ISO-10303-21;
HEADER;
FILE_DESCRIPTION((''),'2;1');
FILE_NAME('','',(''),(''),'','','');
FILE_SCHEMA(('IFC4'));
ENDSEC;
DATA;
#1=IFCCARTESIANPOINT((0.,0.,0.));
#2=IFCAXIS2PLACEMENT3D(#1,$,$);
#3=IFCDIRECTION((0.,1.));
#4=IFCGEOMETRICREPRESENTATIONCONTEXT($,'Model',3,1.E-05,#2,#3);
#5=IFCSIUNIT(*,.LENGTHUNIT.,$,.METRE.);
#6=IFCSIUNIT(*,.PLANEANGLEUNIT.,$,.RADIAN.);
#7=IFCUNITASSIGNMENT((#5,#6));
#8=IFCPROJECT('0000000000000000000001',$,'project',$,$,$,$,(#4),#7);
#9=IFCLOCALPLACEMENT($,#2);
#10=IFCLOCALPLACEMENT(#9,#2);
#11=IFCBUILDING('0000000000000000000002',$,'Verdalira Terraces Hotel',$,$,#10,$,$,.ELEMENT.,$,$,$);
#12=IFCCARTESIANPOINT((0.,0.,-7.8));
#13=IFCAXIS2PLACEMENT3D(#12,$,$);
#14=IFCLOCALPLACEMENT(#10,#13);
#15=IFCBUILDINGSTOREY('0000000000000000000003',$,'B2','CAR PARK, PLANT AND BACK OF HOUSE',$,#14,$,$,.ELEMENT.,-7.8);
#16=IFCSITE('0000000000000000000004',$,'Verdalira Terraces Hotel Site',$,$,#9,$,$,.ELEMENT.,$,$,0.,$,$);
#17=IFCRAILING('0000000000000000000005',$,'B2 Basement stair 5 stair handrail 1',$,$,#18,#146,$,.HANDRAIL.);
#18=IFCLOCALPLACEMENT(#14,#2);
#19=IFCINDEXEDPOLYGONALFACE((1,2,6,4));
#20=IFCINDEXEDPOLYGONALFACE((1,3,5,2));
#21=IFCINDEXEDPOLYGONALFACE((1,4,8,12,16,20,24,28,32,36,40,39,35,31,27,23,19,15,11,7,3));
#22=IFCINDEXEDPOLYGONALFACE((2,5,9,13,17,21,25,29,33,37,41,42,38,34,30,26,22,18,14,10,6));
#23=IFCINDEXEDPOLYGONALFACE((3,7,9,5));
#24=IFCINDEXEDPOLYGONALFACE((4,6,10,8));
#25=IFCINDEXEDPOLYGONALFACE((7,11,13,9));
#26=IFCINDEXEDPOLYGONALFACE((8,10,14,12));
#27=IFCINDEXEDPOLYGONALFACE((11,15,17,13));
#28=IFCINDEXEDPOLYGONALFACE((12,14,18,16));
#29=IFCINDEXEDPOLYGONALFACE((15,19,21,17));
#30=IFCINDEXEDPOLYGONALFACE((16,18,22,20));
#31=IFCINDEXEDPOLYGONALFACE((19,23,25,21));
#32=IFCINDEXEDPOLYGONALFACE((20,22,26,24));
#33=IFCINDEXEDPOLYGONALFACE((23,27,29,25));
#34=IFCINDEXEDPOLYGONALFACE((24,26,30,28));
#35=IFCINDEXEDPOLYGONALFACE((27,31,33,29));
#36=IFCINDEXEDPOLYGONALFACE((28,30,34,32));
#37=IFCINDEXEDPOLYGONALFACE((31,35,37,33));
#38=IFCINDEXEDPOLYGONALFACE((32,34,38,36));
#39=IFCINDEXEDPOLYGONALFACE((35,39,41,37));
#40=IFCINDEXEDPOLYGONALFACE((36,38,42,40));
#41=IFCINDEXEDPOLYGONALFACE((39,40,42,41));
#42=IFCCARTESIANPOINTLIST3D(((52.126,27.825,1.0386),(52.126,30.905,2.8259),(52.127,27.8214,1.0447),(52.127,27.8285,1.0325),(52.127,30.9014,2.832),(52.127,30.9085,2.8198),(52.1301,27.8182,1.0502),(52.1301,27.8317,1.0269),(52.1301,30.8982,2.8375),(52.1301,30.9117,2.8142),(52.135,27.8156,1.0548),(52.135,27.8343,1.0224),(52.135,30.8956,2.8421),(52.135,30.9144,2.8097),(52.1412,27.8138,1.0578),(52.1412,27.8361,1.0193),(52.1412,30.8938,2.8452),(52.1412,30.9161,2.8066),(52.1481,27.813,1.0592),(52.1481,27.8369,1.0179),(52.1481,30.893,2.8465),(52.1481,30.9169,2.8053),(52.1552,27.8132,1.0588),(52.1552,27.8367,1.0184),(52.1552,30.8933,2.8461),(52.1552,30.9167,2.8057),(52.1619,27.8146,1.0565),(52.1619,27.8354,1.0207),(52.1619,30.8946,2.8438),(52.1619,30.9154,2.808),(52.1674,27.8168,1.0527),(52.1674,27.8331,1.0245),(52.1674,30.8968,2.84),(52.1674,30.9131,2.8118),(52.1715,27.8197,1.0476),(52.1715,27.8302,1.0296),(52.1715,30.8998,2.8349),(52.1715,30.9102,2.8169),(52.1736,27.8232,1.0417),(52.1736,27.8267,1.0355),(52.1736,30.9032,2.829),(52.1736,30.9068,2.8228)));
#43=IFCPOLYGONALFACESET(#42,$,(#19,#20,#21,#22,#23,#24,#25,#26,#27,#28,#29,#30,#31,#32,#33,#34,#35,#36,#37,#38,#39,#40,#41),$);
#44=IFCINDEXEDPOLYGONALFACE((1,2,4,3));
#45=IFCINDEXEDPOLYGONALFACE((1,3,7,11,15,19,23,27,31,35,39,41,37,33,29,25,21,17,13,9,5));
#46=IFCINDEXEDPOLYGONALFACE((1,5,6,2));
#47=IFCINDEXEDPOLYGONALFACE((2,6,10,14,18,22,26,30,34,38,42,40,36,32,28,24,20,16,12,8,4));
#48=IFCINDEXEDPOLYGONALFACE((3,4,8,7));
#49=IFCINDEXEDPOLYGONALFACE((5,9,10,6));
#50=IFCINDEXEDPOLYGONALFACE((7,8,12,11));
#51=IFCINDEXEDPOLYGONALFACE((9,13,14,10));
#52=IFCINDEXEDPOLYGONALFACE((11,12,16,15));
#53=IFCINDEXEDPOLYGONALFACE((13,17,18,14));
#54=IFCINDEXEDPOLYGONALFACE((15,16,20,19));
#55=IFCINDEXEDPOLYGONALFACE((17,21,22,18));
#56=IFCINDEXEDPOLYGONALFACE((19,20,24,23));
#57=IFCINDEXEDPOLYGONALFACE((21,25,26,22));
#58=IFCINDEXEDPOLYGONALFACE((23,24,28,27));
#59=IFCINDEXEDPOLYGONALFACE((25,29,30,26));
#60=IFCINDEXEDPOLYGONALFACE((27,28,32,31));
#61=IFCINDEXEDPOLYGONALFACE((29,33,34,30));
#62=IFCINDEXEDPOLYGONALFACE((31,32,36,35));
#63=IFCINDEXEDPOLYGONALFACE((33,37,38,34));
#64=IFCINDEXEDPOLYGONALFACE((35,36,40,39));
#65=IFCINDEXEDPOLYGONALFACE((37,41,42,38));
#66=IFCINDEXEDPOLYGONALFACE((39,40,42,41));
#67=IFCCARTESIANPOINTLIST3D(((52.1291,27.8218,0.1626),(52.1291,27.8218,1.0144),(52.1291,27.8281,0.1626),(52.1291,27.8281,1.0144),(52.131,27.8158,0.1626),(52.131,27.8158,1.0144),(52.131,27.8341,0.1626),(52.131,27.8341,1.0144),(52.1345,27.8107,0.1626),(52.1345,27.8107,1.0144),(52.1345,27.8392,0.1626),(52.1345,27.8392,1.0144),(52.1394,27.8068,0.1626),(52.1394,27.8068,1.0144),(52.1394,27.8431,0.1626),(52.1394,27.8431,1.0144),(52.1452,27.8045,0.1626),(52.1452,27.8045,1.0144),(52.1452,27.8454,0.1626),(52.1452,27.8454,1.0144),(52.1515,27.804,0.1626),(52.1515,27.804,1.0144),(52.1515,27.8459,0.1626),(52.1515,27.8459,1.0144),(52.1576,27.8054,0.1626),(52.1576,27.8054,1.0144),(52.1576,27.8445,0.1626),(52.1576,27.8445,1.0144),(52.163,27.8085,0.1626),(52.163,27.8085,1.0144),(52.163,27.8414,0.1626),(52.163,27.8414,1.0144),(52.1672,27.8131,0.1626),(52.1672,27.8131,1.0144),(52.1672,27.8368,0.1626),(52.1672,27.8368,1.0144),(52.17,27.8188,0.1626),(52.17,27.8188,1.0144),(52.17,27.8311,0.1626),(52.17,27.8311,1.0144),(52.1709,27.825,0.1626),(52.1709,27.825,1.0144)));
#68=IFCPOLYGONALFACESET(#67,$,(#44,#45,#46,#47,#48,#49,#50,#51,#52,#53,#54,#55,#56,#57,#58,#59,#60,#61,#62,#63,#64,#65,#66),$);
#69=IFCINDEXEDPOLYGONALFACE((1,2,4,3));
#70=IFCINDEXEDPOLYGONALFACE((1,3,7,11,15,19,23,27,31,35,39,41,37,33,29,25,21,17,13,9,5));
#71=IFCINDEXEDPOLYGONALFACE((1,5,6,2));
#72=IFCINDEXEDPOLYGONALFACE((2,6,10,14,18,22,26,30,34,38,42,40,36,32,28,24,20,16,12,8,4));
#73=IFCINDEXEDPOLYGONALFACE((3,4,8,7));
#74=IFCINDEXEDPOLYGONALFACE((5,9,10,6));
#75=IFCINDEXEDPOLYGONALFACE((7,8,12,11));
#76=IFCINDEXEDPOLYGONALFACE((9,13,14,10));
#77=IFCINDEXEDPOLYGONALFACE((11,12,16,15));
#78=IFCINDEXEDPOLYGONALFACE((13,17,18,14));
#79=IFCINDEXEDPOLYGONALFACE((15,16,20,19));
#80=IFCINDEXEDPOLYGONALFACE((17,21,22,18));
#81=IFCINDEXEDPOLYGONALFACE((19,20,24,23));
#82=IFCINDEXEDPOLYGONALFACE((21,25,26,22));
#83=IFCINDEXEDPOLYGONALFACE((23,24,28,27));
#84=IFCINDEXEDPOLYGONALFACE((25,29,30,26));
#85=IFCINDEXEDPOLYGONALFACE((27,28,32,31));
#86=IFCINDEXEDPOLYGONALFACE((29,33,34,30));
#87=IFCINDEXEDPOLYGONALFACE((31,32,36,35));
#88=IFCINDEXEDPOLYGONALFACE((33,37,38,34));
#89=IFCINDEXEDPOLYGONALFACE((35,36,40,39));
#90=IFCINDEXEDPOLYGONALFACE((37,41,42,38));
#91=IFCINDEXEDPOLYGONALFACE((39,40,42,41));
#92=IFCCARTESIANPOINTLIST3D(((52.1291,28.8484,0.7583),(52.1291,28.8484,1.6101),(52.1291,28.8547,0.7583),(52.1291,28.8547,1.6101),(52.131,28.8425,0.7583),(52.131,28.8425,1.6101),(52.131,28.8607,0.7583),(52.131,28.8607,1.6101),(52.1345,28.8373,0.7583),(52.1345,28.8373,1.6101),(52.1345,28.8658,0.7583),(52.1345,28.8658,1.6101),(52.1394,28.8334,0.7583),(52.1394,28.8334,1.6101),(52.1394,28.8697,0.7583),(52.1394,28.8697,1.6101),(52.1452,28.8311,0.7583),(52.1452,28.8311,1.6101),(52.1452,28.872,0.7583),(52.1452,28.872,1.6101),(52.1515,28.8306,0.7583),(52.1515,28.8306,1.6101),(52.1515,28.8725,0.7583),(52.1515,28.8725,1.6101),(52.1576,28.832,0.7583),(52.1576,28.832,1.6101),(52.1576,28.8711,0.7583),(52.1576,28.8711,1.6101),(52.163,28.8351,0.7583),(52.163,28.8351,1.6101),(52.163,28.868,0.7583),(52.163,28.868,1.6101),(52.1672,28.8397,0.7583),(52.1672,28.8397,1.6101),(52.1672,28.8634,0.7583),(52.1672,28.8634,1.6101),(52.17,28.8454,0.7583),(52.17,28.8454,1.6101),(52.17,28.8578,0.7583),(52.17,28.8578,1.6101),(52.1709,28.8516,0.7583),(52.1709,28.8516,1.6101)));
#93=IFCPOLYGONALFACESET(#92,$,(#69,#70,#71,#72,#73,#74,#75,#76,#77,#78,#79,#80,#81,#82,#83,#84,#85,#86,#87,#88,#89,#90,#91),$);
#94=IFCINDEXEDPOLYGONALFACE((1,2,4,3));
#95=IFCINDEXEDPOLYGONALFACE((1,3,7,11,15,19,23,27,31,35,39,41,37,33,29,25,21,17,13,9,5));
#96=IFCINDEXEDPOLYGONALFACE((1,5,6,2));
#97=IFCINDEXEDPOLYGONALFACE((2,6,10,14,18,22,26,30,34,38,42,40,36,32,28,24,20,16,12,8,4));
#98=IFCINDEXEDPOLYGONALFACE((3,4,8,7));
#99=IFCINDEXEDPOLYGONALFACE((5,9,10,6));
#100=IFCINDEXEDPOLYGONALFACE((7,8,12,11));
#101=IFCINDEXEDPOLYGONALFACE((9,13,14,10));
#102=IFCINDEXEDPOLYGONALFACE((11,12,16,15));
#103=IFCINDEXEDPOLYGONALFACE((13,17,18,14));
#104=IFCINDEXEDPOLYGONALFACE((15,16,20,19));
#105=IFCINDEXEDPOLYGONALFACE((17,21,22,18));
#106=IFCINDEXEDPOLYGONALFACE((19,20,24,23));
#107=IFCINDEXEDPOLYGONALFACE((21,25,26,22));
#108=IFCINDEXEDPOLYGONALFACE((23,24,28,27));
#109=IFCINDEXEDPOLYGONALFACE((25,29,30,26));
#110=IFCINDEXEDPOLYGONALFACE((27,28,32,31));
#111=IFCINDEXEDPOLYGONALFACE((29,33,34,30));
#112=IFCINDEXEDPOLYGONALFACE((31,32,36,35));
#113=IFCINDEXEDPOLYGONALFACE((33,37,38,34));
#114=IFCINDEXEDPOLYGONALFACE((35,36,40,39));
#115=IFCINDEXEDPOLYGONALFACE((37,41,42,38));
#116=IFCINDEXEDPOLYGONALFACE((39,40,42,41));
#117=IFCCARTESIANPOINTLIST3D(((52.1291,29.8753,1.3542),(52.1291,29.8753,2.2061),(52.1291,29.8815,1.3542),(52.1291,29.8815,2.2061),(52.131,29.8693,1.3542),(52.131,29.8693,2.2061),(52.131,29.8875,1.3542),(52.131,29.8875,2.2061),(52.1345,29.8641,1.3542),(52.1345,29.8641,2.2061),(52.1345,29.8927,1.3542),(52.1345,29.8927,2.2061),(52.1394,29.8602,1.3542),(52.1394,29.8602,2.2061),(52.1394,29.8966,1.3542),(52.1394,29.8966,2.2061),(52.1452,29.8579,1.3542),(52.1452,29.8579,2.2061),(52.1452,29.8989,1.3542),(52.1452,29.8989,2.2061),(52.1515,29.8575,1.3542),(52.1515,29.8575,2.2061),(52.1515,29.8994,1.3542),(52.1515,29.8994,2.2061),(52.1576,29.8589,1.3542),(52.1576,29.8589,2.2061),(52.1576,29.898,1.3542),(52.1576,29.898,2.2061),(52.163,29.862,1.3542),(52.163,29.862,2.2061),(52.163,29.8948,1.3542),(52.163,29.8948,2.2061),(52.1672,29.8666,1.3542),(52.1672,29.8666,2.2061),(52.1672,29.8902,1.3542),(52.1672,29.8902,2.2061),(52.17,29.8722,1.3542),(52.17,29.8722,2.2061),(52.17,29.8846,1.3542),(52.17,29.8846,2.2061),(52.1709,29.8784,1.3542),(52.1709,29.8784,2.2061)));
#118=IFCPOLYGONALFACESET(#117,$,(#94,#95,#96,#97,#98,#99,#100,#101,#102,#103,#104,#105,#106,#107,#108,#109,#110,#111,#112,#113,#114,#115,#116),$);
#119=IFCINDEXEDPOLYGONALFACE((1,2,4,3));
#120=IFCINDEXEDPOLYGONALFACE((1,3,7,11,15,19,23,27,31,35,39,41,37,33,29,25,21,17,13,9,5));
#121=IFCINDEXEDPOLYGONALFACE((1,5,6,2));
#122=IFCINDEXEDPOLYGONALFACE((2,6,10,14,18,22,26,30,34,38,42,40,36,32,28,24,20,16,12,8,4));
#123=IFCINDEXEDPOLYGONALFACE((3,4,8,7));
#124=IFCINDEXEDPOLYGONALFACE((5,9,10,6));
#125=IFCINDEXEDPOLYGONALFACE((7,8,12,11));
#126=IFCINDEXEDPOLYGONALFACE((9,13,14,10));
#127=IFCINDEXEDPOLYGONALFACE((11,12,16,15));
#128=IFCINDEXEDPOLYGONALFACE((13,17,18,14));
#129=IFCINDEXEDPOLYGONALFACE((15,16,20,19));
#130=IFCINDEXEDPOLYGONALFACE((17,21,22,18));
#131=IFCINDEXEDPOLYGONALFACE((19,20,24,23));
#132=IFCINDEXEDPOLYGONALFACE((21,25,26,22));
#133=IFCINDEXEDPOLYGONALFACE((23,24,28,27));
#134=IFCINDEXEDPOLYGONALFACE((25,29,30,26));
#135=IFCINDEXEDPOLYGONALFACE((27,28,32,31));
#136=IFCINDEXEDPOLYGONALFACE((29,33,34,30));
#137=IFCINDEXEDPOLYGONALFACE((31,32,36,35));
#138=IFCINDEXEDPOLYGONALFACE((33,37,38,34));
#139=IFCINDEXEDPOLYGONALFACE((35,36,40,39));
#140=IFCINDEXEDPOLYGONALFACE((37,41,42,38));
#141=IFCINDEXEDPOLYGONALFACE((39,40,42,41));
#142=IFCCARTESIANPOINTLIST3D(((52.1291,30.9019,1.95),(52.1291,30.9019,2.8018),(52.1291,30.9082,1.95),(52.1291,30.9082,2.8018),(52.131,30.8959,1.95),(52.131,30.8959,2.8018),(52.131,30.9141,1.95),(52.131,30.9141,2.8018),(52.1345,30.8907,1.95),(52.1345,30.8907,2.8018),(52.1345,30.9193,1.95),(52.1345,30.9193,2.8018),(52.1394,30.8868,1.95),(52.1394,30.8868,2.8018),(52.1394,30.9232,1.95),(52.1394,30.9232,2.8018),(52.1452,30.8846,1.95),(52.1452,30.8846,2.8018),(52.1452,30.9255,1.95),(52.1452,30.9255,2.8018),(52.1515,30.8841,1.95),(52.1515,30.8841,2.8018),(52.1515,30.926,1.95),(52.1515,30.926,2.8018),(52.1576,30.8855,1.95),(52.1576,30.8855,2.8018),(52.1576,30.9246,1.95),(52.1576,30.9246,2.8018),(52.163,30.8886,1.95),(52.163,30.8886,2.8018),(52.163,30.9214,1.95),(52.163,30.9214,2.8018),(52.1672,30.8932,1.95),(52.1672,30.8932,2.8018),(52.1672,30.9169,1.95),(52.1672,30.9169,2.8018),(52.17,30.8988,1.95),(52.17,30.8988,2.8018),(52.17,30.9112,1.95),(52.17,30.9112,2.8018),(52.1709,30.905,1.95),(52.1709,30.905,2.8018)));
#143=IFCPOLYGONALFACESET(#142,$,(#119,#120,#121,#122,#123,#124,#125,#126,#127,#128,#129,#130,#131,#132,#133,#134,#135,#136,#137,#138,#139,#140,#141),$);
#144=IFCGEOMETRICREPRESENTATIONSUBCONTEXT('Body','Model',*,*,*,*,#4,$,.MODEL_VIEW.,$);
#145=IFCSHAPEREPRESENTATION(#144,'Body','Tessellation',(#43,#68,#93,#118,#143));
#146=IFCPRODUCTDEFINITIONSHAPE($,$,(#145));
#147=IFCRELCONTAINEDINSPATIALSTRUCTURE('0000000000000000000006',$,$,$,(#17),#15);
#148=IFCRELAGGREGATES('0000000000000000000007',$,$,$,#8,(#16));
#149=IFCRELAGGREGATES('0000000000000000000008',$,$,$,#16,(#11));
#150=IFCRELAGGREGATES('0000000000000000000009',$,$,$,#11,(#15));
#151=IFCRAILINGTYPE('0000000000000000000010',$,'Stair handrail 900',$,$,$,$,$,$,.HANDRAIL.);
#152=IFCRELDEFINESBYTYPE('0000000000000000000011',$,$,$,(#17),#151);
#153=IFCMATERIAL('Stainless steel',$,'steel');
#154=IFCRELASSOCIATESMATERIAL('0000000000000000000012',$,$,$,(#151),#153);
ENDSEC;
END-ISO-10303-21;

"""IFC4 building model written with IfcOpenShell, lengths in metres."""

from ifc_helpers import new_model, si_unit, direction, frame, origin, origin_2d, place, context, subcontext, project, spatial, circle, extrude, material, type_object, element, save


model = new_model("IFC4")

# Units and contexts
model_context = context("Model", 3, precision=1e-05, world=origin(), true_north=direction((0.0, 1.0)))
body_context = subcontext(model_context, "Body", "Model", "MODEL_VIEW")
ifc_project = project(units=[si_unit("LENGTHUNIT", "METRE"), si_unit("PLANEANGLEUNIT", "RADIAN")], contexts=[model_context])

# Site, building, storey
site_placement = place(None, origin())
site = spatial("IfcSite", under=ifc_project, at=site_placement, Name="Verdalira Terraces Hotel Site", CompositionType="ELEMENT", RefElevation=0.0)
building_placement = place(site_placement, origin())
building = spatial("IfcBuilding", under=site, at=building_placement, Name="Verdalira Terraces Hotel", CompositionType="ELEMENT")
storey_placement = place(building_placement, frame((0.0, 0.0, -7.8)))
storey = spatial("IfcBuildingStorey", under=building, at=storey_placement, Name="B2", Description="CAR PARK, PLANT AND BACK OF HOUSE", CompositionType="ELEMENT", Elevation=-7.8)

# Railing
ifc_material_1 = material(Name="Stainless steel", Category="steel")
railing_type_1 = type_object("IfcRailingType", Name="Stair handrail 900", PredefinedType="HANDRAIL", material=ifc_material_1)
railing_1_placement = place(storey_placement, frame((52.1499, 27.825, 0.1626)))
element("IfcRailing", 1, at=railing_1_placement, inside=storey, type_object=railing_type_1, Name="B2 Basement stair 5 stair handrail 1", PredefinedType="HANDRAIL", context=body_context, shape_type="SweptSolid", body=[
    extrude(circle(Radius=0.0239, at=origin_2d()), frame((0.0, 0.0, 0.876), z_axis=(0.0, 0.86492, 0.501909), x_axis=(-1.0, 0.0, 0.0)), (0.0, 0.0, 1.0), 3.561),
    extrude(circle(Radius=0.021, at=origin_2d()), origin(), (0.0, 0.0, 1.0), 0.8518),
    extrude(circle(Radius=0.021, at=origin_2d()), frame((0.0, 1.0266, 0.5957)), (0.0, 0.0, 1.0), 0.8518),
    extrude(circle(Radius=0.021, at=origin_2d()), frame((0.0, 2.0535, 1.1917)), (0.0, 0.0, 1.0), 0.8518),
    extrude(circle(Radius=0.021, at=origin_2d()), frame((0.0, 3.0801, 1.7874)), (0.0, 0.0, 1.0), 0.8518),
])

save(model, "model.ifc")
